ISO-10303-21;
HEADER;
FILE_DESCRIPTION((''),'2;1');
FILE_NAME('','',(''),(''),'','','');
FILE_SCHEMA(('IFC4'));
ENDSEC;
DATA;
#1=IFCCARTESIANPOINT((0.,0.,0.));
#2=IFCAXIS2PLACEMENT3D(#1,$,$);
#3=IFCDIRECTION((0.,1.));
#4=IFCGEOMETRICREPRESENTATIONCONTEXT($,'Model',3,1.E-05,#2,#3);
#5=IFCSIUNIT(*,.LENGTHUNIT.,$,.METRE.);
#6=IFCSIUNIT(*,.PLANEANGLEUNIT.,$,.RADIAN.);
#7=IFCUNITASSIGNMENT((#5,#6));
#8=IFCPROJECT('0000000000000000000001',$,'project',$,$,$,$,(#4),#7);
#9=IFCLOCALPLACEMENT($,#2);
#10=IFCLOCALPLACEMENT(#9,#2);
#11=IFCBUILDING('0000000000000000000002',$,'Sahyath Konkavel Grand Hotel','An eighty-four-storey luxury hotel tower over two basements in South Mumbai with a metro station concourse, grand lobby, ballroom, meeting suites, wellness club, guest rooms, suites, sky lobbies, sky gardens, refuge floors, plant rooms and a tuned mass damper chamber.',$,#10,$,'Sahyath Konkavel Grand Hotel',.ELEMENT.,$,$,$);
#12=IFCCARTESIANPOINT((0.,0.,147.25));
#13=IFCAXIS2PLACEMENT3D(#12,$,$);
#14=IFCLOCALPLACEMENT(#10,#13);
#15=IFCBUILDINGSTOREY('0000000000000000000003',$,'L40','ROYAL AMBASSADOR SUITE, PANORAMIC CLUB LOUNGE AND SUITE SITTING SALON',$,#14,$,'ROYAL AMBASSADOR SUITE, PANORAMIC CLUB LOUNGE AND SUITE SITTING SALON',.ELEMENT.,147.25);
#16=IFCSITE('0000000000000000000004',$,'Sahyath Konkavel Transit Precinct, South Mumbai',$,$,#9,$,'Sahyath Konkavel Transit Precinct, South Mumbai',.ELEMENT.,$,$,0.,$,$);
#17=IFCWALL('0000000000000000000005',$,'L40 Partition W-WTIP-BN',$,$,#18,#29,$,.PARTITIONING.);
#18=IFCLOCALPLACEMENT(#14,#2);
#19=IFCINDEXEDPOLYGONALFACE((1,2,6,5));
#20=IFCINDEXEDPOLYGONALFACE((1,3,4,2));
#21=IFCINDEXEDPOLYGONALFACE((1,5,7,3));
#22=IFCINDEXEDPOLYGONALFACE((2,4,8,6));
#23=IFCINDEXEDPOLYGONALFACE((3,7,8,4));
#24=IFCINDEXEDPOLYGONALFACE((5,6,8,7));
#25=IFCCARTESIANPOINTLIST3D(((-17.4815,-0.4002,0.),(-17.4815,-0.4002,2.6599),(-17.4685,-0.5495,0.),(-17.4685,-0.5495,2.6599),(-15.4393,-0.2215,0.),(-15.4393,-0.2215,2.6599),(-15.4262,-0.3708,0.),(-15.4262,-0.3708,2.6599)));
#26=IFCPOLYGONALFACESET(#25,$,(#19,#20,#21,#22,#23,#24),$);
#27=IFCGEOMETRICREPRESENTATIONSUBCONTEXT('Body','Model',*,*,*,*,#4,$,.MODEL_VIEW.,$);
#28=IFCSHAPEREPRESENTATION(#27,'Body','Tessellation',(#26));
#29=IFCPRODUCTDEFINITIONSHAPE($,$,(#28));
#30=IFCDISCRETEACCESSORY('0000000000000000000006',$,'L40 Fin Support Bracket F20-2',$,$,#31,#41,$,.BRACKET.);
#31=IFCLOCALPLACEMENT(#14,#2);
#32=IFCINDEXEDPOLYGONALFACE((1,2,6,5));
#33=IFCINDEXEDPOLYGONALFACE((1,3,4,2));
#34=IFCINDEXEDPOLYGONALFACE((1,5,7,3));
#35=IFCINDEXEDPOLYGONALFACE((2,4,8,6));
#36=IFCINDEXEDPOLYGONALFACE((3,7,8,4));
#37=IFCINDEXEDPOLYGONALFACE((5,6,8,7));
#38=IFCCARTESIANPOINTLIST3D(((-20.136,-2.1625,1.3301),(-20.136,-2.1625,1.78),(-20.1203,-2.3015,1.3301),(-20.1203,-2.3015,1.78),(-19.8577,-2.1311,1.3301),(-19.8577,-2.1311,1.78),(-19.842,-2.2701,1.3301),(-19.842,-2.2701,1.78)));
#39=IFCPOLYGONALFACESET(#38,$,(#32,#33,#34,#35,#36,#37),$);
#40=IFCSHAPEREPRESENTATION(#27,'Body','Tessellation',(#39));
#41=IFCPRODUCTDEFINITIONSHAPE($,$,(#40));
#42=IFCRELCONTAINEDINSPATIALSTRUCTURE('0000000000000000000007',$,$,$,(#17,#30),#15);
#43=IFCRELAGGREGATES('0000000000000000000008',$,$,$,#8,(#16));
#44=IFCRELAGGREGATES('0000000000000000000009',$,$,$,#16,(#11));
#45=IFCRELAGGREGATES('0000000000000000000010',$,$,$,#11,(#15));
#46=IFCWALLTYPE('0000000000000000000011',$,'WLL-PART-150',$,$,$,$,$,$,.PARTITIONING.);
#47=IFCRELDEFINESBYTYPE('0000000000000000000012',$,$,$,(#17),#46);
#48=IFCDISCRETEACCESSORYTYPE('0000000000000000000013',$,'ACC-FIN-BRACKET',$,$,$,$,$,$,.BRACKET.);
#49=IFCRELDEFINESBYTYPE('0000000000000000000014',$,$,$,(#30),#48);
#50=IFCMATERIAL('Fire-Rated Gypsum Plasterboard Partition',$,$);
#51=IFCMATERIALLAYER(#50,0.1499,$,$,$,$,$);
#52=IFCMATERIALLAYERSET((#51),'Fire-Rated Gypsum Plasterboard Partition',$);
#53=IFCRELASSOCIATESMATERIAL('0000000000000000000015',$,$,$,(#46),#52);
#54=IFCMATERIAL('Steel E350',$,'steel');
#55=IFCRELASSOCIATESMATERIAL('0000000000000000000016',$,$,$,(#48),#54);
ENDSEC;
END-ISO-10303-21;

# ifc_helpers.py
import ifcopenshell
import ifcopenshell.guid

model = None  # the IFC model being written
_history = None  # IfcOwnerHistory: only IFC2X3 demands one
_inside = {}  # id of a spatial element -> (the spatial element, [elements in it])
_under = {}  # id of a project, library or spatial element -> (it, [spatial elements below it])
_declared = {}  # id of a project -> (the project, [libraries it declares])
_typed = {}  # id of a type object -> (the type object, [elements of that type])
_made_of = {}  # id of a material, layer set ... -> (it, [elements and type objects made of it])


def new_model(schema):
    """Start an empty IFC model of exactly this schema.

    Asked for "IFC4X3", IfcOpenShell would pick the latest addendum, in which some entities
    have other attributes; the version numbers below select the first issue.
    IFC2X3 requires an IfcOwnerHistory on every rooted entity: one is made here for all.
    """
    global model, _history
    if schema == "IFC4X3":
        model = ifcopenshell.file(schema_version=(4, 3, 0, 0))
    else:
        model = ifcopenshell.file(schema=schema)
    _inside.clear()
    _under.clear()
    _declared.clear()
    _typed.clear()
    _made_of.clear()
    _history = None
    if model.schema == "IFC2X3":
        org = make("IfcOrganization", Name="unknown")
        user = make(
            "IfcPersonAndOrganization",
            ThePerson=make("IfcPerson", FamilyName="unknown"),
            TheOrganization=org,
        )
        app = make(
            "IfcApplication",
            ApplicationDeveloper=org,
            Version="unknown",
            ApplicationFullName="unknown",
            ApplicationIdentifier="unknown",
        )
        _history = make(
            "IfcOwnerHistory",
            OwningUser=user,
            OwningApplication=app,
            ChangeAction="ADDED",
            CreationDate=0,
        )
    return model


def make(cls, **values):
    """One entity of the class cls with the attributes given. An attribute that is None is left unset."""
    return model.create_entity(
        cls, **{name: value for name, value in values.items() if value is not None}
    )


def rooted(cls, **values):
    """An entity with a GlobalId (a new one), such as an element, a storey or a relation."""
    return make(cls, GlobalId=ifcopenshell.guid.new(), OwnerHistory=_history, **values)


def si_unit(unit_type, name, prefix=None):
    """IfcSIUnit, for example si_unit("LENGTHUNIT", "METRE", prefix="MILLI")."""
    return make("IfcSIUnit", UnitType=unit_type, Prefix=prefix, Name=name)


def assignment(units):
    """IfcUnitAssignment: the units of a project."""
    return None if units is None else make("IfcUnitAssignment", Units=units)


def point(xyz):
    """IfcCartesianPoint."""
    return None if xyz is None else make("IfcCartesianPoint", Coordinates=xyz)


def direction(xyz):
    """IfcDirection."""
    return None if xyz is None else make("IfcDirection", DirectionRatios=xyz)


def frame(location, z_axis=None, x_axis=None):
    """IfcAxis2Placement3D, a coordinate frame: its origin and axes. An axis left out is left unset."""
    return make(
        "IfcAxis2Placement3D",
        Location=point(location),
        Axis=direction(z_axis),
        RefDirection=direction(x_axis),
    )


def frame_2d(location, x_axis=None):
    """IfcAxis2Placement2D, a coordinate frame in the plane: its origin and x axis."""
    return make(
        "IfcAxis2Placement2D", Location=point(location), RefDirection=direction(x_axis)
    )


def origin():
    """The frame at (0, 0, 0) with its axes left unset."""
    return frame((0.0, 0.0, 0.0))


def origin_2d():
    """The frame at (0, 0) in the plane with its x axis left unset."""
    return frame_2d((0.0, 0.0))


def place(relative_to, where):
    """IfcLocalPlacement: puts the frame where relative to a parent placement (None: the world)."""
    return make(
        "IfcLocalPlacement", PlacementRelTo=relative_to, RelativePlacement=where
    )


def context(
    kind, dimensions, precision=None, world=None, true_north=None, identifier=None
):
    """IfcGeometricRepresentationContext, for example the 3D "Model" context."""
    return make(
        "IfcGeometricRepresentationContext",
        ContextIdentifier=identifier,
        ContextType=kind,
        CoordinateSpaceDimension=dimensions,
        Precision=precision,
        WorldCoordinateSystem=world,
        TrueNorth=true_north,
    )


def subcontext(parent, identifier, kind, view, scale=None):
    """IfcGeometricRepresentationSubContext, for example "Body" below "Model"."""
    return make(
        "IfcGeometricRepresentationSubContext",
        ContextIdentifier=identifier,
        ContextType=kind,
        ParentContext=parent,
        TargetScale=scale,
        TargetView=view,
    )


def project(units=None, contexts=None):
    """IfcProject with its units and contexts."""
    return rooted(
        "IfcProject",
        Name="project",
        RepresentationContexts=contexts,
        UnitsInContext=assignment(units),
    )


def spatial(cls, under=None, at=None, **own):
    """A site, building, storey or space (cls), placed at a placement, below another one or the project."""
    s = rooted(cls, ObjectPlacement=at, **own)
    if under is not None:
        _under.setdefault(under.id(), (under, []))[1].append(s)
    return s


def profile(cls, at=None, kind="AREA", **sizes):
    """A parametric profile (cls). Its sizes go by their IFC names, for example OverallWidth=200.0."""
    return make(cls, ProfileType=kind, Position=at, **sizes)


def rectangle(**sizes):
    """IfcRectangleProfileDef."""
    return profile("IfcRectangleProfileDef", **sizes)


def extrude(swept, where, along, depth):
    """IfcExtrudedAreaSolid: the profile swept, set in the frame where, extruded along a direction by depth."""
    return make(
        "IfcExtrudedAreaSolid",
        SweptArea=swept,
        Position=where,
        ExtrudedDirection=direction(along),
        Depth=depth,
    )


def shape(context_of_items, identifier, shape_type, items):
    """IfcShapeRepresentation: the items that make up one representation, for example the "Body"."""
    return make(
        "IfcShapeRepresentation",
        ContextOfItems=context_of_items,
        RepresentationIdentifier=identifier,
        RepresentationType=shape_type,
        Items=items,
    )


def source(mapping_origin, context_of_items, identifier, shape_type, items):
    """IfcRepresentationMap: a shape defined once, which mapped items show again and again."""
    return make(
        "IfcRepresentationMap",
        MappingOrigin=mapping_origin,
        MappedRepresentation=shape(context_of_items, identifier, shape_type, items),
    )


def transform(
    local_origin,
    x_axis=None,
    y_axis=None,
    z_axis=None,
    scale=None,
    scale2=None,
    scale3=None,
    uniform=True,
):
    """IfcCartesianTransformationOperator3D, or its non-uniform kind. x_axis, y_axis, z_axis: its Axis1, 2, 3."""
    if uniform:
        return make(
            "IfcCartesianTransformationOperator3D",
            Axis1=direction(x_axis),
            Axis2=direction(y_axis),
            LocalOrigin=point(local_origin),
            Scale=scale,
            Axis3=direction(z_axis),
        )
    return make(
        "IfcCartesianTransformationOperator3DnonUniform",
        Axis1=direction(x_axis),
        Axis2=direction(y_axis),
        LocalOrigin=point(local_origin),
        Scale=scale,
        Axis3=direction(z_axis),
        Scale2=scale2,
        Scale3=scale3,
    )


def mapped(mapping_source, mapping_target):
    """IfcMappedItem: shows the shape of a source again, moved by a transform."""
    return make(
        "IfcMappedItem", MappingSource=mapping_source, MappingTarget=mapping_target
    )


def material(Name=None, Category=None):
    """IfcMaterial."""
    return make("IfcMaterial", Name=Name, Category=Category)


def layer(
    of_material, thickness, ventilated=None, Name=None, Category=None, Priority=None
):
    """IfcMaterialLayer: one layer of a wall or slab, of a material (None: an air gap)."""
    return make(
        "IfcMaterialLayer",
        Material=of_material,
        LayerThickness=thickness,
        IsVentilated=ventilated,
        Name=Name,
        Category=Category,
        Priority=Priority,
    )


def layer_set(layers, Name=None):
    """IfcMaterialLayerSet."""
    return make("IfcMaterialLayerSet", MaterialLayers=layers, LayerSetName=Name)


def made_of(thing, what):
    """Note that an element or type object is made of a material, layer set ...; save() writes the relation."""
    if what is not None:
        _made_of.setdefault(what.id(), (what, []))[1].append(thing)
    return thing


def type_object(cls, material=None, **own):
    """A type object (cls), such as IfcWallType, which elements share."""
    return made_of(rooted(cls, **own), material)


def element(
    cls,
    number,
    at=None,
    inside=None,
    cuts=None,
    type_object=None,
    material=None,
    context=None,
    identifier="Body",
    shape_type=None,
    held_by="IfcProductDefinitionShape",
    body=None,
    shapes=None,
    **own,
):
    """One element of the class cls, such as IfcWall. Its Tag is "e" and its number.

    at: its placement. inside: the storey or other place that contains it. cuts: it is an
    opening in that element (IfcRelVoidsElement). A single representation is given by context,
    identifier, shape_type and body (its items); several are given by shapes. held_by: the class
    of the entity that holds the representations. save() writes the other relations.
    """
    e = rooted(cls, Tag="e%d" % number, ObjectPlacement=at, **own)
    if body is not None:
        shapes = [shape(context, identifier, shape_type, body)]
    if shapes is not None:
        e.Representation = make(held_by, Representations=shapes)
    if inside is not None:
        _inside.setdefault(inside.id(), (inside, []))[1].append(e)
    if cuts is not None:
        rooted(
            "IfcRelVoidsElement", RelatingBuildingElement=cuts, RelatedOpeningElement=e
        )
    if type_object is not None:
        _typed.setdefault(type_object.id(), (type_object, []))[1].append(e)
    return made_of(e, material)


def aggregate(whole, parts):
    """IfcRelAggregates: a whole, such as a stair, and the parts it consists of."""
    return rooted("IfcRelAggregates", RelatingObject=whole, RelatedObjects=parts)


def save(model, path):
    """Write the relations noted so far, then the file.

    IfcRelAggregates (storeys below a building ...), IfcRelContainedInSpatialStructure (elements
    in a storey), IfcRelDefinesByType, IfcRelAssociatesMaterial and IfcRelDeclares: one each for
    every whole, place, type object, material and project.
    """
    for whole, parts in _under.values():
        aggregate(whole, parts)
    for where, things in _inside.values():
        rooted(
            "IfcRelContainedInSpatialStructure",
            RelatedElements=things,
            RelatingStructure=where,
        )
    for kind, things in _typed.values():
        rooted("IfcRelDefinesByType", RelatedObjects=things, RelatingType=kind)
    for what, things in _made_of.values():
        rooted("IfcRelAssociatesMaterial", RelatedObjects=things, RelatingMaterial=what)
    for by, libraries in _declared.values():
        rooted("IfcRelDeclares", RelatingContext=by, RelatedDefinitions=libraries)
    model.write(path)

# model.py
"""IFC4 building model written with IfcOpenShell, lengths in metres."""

from ifc_helpers import new_model, si_unit, direction, frame, frame_2d, origin, origin_2d, place, context, subcontext, project, spatial, rectangle, extrude, source, transform, mapped, material, layer, layer_set, type_object, element, save


model = new_model("IFC4")

# Units and contexts
model_context = context("Model", 3, precision=1e-05, world=origin(), true_north=direction((0.0, 1.0)))
body_context = subcontext(model_context, "Body", "Model", "MODEL_VIEW")
ifc_project = project(units=[si_unit("LENGTHUNIT", "METRE"), si_unit("PLANEANGLEUNIT", "RADIAN")], contexts=[model_context])

# Site, building, storey
site_placement = place(None, origin())
site = spatial("IfcSite", under=ifc_project, at=site_placement, Name="Sahyath Konkavel Transit Precinct, South Mumbai", LongName="Sahyath Konkavel Transit Precinct, South Mumbai", CompositionType="ELEMENT", RefElevation=0.0)
building_placement = place(site_placement, origin())
building = spatial("IfcBuilding", under=site, at=building_placement, Name="Sahyath Konkavel Grand Hotel", Description="An eighty-four-storey luxury hotel tower over two basements in South Mumbai with a metro station concourse, grand lobby, ballroom, meeting suites, wellness club, guest rooms, suites, sky lobbies, sky gardens, refuge floors, plant rooms and a tuned mass damper chamber.", LongName="Sahyath Konkavel Grand Hotel", CompositionType="ELEMENT")
storey_placement = place(building_placement, frame((0.0, 0.0, 147.25)))
storey = spatial("IfcBuildingStorey", under=building, at=storey_placement, Name="L40", Description="ROYAL AMBASSADOR SUITE, PANORAMIC CLUB LOUNGE AND SUITE SITTING SALON", LongName="ROYAL AMBASSADOR SUITE, PANORAMIC CLUB LOUNGE AND SUITE SITTING SALON", CompositionType="ELEMENT", Elevation=147.25)

# Shared definitions
ifc_material_1 = material(Name="Steel E350", Category="steel")

# Shared definitions
ifc_material_2 = material(Name="Fire-Rated Gypsum Plasterboard Partition")
ifc_layer_1 = layer(ifc_material_2, 0.1499)
ifc_layer_set_1 = layer_set([ifc_layer_1], Name="Fire-Rated Gypsum Plasterboard Partition")
wall_type_1 = type_object("IfcWallType", Name="WLL-PART-150", PredefinedType="PARTITIONING", material=ifc_layer_set_1)

# Wall
wall_1_placement = place(storey_placement, frame((-15.4329, -0.2961, 0.0), z_axis=(0.0, 0.0, 1.0), x_axis=(-0.996193, -0.087174, 0.0)))
element("IfcWall", 1, at=wall_1_placement, inside=storey, type_object=wall_type_1, Name="L40 Partition W-WTIP-BN", PredefinedType="PARTITIONING", context=body_context, shape_type="SweptSolid", body=[
    extrude(rectangle(XDim=2.05, YDim=0.1499, at=frame_2d((1.0249, 0.0))), origin(), (0.0, 0.0, 1.0), 2.6599),
])

# Discrete accessory
discrete_accessory_type = type_object("IfcDiscreteAccessoryType", Name="ACC-FIN-BRACKET", PredefinedType="BRACKET", material=ifc_material_1)
shared_shape_1 = source(origin(), body_context, "Body", "SweptSolid", [
    extrude(rectangle(XDim=0.28, YDim=0.1399, at=origin_2d()), origin(), (0.0, 0.0, 1.0), 0.45),
])
discrete_accessory_placement = place(storey_placement, frame((-19.989, -2.2163, 1.3301), z_axis=(0.0, 0.0, 1.0), x_axis=(-0.993709, -0.111989, 0.0)))
element("IfcDiscreteAccessory", 2, at=discrete_accessory_placement, inside=storey, type_object=discrete_accessory_type, Name="L40 Fin Support Bracket F20-2", PredefinedType="BRACKET", context=body_context, shape_type="MappedRepresentation", body=[
    mapped(shared_shape_1, transform((0.0, 0.0, 0.0), scale=1.0)),
])

save(model, "model.ifc")
